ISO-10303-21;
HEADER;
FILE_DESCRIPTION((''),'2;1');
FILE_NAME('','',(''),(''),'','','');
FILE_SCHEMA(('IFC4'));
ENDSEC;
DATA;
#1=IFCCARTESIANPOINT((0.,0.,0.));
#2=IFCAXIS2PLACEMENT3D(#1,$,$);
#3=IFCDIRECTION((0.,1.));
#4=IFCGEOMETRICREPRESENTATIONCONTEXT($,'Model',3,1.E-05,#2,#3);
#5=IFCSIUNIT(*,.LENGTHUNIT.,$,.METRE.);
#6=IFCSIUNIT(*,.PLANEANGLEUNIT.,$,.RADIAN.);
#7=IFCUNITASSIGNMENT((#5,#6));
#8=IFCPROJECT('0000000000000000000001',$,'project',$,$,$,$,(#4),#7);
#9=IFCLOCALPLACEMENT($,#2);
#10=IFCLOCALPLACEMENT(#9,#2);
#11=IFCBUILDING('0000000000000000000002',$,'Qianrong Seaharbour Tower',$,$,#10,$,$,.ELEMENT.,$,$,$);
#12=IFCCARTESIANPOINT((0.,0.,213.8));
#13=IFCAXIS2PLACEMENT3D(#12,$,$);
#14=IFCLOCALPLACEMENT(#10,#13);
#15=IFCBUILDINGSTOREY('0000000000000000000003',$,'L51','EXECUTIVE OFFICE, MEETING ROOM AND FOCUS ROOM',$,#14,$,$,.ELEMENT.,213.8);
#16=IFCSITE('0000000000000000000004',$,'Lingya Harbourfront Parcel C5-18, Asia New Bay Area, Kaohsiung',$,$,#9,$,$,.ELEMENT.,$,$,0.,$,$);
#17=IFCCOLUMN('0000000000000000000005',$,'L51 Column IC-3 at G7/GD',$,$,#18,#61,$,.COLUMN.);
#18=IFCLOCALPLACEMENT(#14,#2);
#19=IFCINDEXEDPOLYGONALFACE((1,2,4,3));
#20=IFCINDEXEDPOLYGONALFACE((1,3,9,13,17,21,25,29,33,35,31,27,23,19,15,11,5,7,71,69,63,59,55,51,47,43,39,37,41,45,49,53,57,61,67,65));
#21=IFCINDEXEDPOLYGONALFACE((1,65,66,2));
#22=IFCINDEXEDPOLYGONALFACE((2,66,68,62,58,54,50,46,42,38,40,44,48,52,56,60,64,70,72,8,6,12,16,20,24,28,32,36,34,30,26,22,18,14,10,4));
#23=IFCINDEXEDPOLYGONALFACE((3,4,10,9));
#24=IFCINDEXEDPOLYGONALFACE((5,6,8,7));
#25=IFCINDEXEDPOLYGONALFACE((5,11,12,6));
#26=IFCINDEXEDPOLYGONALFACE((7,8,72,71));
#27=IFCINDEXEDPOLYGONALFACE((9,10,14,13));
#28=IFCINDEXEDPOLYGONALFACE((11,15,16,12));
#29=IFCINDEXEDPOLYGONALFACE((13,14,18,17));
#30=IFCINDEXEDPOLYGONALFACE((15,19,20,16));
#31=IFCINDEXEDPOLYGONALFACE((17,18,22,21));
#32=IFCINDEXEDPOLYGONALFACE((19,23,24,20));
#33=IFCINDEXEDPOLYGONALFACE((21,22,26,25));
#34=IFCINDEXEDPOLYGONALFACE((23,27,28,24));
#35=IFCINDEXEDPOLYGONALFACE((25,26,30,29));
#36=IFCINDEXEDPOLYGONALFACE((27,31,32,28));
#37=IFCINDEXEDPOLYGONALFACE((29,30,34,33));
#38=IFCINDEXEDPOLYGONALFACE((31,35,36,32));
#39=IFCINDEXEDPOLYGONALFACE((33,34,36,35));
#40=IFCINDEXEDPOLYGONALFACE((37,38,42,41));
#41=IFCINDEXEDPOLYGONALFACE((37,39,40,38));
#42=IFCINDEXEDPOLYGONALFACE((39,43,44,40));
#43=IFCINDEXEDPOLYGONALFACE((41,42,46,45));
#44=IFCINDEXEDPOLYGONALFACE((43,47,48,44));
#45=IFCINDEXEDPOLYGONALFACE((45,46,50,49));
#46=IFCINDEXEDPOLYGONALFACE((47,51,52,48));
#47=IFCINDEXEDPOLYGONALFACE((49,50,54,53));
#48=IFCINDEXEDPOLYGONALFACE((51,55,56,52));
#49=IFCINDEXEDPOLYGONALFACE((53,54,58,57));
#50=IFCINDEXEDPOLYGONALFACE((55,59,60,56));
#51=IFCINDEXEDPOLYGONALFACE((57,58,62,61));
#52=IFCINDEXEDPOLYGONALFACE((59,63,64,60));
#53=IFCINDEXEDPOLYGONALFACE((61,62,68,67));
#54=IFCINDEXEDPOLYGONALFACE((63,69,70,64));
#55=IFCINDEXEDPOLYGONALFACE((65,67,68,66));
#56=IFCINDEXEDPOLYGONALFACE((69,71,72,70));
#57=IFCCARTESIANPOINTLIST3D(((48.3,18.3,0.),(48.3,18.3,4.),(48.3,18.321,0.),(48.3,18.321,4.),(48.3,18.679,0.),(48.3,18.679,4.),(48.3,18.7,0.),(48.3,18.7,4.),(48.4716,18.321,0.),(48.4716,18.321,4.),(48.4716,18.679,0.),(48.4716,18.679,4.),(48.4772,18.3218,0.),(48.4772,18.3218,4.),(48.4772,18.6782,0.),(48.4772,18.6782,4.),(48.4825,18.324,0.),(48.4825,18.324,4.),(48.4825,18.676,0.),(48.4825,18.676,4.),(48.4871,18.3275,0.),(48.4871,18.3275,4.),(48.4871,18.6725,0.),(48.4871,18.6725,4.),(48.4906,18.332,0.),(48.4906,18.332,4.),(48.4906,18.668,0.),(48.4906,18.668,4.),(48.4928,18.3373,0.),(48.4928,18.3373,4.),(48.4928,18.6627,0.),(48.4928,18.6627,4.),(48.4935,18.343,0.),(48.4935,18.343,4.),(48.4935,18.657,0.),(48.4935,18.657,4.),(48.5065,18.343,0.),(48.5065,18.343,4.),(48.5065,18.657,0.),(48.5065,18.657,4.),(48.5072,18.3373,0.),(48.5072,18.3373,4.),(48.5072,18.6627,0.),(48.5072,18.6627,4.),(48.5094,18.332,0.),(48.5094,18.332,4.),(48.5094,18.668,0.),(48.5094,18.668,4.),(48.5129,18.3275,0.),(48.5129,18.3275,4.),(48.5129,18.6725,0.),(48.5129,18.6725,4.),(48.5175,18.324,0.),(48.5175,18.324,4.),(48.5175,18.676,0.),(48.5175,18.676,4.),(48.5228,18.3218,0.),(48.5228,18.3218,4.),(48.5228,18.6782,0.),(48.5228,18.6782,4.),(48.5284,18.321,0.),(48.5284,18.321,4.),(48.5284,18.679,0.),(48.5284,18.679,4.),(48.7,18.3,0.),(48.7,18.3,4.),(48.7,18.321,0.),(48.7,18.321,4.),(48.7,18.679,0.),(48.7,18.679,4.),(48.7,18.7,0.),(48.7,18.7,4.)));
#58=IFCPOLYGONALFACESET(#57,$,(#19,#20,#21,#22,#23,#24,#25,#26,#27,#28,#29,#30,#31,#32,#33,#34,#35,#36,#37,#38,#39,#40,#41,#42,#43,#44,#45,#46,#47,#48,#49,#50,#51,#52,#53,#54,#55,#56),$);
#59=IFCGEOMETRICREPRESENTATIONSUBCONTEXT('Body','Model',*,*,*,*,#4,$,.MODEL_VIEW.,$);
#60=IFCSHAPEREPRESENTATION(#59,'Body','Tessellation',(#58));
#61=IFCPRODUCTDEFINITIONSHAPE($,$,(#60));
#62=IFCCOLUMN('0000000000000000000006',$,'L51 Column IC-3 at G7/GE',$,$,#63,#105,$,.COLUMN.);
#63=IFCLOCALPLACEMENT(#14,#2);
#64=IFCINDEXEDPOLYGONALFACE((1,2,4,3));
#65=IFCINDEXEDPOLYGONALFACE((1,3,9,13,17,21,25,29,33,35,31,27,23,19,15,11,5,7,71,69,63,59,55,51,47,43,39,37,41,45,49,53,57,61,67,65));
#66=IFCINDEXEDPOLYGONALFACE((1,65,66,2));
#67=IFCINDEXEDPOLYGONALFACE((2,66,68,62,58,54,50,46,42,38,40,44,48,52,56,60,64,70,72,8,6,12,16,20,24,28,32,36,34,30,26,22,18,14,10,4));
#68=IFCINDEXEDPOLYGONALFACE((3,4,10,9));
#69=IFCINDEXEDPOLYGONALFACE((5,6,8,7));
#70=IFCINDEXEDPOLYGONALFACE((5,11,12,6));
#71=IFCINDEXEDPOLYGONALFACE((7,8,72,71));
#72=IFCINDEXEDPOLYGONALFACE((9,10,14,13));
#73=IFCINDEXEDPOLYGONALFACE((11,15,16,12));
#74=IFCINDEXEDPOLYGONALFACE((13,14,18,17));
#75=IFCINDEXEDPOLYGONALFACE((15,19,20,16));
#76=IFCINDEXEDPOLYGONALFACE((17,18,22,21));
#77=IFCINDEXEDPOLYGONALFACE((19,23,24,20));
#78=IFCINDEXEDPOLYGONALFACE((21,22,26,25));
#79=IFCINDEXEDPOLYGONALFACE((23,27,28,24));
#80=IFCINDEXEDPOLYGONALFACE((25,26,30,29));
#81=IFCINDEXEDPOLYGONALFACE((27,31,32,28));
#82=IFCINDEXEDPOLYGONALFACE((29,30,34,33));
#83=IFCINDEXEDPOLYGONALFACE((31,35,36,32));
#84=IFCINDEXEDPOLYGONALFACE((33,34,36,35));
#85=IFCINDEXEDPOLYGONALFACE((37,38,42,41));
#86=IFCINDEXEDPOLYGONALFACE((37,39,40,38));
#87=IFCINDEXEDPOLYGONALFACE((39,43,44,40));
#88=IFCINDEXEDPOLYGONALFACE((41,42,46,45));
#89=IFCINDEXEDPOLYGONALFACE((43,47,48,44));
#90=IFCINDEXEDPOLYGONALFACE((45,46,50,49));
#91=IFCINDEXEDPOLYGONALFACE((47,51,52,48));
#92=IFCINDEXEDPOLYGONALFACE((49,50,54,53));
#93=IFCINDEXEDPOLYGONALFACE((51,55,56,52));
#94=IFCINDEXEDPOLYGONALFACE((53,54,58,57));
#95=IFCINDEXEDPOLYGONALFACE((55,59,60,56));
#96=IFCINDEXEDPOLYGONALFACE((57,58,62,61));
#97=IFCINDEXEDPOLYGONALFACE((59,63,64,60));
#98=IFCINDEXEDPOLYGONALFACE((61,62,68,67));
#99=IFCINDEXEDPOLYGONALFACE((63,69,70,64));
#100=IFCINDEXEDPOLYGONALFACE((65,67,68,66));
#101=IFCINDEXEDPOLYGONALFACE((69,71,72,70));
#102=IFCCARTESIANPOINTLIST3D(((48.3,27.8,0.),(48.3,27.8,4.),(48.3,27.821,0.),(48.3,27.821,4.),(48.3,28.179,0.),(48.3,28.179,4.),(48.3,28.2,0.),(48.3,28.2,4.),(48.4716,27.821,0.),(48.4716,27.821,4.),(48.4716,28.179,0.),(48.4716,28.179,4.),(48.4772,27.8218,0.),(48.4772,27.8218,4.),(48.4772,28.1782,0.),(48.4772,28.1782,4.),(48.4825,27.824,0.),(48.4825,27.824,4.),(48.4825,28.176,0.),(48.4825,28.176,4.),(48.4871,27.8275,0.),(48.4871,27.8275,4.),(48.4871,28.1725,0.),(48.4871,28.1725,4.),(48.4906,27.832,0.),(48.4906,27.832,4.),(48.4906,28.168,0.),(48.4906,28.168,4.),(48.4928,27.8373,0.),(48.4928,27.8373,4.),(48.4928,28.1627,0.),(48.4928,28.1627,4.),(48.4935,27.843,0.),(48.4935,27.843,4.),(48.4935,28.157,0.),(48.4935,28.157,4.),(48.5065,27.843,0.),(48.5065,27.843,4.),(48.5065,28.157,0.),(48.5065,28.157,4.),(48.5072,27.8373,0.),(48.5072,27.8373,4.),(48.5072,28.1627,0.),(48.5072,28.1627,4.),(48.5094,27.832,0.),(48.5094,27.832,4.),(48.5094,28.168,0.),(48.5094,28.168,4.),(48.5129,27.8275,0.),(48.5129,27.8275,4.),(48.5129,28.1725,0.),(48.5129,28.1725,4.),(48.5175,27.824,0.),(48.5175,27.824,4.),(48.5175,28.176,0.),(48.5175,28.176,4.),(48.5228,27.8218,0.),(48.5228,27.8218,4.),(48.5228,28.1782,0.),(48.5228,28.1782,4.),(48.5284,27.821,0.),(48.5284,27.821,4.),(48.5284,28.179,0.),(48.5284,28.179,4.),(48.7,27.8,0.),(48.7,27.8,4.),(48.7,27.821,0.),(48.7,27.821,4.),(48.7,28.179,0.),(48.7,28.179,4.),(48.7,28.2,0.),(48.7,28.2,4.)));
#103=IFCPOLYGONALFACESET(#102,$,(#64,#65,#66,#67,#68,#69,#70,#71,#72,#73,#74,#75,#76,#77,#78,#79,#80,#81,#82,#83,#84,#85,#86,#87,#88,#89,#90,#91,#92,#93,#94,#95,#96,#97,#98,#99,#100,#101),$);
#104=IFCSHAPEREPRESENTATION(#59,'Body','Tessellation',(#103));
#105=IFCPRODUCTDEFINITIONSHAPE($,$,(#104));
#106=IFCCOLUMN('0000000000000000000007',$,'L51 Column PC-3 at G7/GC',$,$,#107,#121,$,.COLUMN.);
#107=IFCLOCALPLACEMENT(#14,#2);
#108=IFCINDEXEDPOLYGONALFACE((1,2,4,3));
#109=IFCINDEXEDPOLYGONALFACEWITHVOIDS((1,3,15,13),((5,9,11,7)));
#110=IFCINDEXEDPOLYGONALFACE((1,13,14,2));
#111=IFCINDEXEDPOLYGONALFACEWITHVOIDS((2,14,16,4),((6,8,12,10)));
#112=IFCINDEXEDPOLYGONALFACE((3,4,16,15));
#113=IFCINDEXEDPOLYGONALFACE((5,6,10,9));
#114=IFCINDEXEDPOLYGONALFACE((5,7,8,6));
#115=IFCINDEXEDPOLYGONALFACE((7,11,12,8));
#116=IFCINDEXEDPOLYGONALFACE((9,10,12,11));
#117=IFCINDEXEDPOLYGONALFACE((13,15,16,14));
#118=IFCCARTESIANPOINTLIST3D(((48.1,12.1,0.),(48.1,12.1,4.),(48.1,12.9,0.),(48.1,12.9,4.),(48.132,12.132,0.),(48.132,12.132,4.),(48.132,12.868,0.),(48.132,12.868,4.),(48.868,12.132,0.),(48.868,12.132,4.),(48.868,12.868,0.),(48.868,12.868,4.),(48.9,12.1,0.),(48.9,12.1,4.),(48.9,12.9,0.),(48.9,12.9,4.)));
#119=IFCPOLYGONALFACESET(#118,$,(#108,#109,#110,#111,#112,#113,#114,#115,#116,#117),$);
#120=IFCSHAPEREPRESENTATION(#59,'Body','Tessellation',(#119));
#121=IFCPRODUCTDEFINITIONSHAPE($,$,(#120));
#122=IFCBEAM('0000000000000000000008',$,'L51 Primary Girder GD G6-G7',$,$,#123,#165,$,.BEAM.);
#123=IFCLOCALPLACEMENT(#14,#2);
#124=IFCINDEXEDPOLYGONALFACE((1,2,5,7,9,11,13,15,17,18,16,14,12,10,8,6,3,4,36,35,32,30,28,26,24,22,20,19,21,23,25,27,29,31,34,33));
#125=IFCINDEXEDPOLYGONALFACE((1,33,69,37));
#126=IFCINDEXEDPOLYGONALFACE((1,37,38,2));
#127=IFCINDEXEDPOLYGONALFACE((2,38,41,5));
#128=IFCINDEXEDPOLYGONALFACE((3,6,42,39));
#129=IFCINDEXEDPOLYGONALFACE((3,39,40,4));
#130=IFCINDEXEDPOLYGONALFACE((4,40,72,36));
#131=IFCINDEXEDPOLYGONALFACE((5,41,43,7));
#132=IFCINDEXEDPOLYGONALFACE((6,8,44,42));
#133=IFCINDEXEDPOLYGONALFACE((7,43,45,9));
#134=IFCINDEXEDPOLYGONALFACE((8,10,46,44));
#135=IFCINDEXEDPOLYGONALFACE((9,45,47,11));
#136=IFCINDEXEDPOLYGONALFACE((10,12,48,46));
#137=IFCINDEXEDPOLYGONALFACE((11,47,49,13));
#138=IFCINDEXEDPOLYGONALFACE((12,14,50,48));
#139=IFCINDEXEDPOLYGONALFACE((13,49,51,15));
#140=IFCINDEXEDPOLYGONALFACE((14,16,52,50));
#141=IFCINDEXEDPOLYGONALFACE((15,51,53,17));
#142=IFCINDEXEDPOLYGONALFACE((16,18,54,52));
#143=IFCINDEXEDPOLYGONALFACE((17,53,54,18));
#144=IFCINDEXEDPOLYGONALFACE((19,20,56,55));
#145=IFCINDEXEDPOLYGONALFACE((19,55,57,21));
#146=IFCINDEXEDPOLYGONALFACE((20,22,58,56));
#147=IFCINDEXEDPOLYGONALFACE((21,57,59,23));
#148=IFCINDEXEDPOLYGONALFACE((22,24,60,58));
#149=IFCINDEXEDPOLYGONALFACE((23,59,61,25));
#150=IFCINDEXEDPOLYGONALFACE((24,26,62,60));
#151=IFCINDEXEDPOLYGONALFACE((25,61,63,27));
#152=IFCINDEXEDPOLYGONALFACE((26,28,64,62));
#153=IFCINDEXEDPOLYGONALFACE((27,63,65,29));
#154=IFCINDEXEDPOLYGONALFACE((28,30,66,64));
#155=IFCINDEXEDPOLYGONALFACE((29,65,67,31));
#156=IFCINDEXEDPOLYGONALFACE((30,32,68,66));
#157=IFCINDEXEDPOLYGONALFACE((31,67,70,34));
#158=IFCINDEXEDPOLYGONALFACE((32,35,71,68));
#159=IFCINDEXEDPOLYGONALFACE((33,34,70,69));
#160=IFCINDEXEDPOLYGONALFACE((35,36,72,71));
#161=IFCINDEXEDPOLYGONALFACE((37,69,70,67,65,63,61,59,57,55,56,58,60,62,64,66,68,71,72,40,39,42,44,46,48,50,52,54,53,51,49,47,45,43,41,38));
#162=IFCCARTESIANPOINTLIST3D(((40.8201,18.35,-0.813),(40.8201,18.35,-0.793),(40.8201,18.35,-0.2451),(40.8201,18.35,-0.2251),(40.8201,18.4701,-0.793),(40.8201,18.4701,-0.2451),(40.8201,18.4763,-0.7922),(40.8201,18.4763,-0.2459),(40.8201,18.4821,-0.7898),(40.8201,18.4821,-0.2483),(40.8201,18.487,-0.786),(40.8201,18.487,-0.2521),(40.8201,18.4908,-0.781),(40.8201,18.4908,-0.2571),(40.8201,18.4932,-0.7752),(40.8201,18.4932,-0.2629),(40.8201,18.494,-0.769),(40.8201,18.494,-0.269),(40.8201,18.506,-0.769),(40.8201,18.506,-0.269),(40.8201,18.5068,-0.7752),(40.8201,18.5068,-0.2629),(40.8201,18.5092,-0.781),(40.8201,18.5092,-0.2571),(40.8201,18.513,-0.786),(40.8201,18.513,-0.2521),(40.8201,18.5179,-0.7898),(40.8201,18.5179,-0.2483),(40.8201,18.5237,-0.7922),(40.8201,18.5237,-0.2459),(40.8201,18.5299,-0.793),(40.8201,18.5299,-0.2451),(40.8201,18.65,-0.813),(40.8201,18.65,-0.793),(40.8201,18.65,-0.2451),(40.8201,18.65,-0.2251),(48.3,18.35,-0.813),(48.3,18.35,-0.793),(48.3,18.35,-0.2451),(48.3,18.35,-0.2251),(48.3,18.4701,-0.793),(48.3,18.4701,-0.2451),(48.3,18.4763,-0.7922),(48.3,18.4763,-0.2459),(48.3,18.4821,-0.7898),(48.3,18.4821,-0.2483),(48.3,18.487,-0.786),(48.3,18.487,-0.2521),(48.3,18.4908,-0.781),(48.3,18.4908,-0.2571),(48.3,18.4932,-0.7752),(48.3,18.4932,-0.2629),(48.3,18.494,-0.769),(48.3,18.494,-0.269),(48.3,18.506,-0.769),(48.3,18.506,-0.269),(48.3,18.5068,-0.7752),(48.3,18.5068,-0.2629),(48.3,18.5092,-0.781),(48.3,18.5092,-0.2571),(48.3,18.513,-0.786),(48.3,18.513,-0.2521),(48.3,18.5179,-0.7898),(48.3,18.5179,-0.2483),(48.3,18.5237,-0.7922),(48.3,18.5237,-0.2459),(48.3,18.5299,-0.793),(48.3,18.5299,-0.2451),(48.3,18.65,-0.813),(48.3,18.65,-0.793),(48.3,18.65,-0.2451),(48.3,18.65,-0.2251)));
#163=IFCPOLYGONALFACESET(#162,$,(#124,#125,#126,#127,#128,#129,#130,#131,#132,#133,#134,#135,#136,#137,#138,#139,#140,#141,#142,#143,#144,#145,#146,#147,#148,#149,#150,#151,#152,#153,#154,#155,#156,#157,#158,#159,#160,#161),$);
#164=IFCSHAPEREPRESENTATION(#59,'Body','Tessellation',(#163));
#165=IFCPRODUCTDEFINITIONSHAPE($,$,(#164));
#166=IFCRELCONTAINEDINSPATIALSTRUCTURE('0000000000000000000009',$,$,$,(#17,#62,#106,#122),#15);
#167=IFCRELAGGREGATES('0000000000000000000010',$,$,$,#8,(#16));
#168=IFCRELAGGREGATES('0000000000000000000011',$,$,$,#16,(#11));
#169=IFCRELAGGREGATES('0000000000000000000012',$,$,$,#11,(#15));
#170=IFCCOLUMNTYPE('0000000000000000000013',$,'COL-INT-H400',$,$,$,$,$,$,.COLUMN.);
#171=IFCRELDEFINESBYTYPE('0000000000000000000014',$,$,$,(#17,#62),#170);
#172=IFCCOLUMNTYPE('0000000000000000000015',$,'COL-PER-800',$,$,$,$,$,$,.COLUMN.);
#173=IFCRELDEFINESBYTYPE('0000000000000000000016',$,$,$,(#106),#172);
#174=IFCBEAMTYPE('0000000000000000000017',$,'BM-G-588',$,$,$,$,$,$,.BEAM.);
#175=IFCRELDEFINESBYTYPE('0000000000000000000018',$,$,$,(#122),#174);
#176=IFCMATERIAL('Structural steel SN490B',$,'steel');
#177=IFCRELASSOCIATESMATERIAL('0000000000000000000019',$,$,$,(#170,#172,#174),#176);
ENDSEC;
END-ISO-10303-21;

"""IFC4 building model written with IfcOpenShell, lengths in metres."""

from ifc_helpers import new_model, si_unit, direction, frame, origin, origin_2d, place, context, subcontext, project, spatial, hollow_rectangle, i_section, extrude, material, material_profile, profile_set, type_object, element, save


model = new_model("IFC4")

# Units and contexts
model_context = context("Model", 3, precision=1e-05, world=origin(), true_north=direction((0.0, 1.0)))
body_context = subcontext(model_context, "Body", "Model", "MODEL_VIEW")
ifc_project = project(units=[si_unit("LENGTHUNIT", "METRE"), si_unit("PLANEANGLEUNIT", "RADIAN")], contexts=[model_context])

# Site, building, storey
site_placement = place(None, origin())
site = spatial("IfcSite", under=ifc_project, at=site_placement, Name="Lingya Harbourfront Parcel C5-18, Asia New Bay Area, Kaohsiung", CompositionType="ELEMENT", RefElevation=0.0)
building_placement = place(site_placement, origin())
building = spatial("IfcBuilding", under=site, at=building_placement, Name="Qianrong Seaharbour Tower", CompositionType="ELEMENT")
storey_placement = place(building_placement, frame((0.0, 0.0, 213.8)))
storey = spatial("IfcBuildingStorey", under=building, at=storey_placement, Name="L51", Description="EXECUTIVE OFFICE, MEETING ROOM AND FOCUS ROOM", CompositionType="ELEMENT", Elevation=213.8)

# Columns
ifc_material_1 = material(Name="Structural steel SN490B", Category="steel")
ifc_material_profile_1 = material_profile(ifc_material_1, i_section(OverallWidth=0.3999, OverallDepth=0.3999, WebThickness=0.0129, FlangeThickness=0.021, FilletRadius=0.022, at=origin_2d()), Name="H400x400x13x21")
ifc_profile_set_1 = profile_set([ifc_material_profile_1], Name="Structural steel SN490B")
column_type_1 = type_object("IfcColumnType", Name="COL-INT-H400", PredefinedType="COLUMN", material=ifc_profile_set_1)
for number, where, z_axis, x_axis, name in (
    (1, (48.5, 18.5, 0.0), (0.0, 0.0, 1.0), (1.0, 0.0, 0.0), "L51 Column IC-3 at G7/GD"),
    (2, (48.5, 28.0, 0.0), (0.0, 0.0, 1.0), (1.0, 0.0, 0.0), "L51 Column IC-3 at G7/GE"),
):
    element("IfcColumn", number, at=place(storey_placement, frame(where, z_axis=z_axis, x_axis=x_axis)), inside=storey, type_object=column_type_1, Name=name, PredefinedType="COLUMN", context=body_context, shape_type="SweptSolid", body=[
        extrude(i_section(OverallWidth=0.3999, OverallDepth=0.3999, WebThickness=0.0129, FlangeThickness=0.021, FilletRadius=0.022, at=origin_2d()), origin(), (0.0, 0.0, 1.0), 4.0),
    ])
ifc_material_profile_2 = material_profile(ifc_material_1, hollow_rectangle(XDim=0.8, YDim=0.8, WallThickness=0.032, at=origin_2d()), Name="BOX800x800x32")
ifc_profile_set_2 = profile_set([ifc_material_profile_2], Name="Structural steel SN490B")
column_type_2 = type_object("IfcColumnType", Name="COL-PER-800", PredefinedType="COLUMN", material=ifc_profile_set_2)
column_placement = place(storey_placement, frame((48.5, 12.5, 0.0), z_axis=(0.0, 0.0, 1.0), x_axis=(1.0, 0.0, 0.0)))
element("IfcColumn", 3, at=column_placement, inside=storey, type_object=column_type_2, Name="L51 Column PC-3 at G7/GC", PredefinedType="COLUMN", context=body_context, shape_type="SweptSolid", body=[
    extrude(hollow_rectangle(XDim=0.8, YDim=0.8, WallThickness=0.032, at=origin_2d()), origin(), (0.0, 0.0, 1.0), 4.0),
])

# Beam
ifc_material_profile_3 = material_profile(ifc_material_1, i_section(OverallWidth=0.3, OverallDepth=0.5879, WebThickness=0.012, FlangeThickness=0.02, FilletRadius=0.0239, at=origin_2d()), Name="H588x300x12x20")
ifc_profile_set_3 = profile_set([ifc_material_profile_3], Name="Structural steel SN490B")
beam_type_1 = type_object("IfcBeamType", Name="BM-G-588", PredefinedType="BEAM", material=ifc_profile_set_3)
for number, where, z_axis, x_axis, name in (
    (4, (40.8201, 18.5, -0.519), (1.0, 0.0, 0.0), (0.0, 1.0, 0.0), "L51 Primary Girder GD G6-G7"),
):
    element("IfcBeam", number, at=place(storey_placement, frame(where, z_axis=z_axis, x_axis=x_axis)), inside=storey, type_object=beam_type_1, Name=name, PredefinedType="BEAM", context=body_context, shape_type="SweptSolid", body=[
        extrude(i_section(OverallWidth=0.3, OverallDepth=0.5879, WebThickness=0.012, FlangeThickness=0.02, FilletRadius=0.0239, at=origin_2d()), origin(), (0.0, 0.0, 1.0), 7.48),
    ])

save(model, "model.ifc")
